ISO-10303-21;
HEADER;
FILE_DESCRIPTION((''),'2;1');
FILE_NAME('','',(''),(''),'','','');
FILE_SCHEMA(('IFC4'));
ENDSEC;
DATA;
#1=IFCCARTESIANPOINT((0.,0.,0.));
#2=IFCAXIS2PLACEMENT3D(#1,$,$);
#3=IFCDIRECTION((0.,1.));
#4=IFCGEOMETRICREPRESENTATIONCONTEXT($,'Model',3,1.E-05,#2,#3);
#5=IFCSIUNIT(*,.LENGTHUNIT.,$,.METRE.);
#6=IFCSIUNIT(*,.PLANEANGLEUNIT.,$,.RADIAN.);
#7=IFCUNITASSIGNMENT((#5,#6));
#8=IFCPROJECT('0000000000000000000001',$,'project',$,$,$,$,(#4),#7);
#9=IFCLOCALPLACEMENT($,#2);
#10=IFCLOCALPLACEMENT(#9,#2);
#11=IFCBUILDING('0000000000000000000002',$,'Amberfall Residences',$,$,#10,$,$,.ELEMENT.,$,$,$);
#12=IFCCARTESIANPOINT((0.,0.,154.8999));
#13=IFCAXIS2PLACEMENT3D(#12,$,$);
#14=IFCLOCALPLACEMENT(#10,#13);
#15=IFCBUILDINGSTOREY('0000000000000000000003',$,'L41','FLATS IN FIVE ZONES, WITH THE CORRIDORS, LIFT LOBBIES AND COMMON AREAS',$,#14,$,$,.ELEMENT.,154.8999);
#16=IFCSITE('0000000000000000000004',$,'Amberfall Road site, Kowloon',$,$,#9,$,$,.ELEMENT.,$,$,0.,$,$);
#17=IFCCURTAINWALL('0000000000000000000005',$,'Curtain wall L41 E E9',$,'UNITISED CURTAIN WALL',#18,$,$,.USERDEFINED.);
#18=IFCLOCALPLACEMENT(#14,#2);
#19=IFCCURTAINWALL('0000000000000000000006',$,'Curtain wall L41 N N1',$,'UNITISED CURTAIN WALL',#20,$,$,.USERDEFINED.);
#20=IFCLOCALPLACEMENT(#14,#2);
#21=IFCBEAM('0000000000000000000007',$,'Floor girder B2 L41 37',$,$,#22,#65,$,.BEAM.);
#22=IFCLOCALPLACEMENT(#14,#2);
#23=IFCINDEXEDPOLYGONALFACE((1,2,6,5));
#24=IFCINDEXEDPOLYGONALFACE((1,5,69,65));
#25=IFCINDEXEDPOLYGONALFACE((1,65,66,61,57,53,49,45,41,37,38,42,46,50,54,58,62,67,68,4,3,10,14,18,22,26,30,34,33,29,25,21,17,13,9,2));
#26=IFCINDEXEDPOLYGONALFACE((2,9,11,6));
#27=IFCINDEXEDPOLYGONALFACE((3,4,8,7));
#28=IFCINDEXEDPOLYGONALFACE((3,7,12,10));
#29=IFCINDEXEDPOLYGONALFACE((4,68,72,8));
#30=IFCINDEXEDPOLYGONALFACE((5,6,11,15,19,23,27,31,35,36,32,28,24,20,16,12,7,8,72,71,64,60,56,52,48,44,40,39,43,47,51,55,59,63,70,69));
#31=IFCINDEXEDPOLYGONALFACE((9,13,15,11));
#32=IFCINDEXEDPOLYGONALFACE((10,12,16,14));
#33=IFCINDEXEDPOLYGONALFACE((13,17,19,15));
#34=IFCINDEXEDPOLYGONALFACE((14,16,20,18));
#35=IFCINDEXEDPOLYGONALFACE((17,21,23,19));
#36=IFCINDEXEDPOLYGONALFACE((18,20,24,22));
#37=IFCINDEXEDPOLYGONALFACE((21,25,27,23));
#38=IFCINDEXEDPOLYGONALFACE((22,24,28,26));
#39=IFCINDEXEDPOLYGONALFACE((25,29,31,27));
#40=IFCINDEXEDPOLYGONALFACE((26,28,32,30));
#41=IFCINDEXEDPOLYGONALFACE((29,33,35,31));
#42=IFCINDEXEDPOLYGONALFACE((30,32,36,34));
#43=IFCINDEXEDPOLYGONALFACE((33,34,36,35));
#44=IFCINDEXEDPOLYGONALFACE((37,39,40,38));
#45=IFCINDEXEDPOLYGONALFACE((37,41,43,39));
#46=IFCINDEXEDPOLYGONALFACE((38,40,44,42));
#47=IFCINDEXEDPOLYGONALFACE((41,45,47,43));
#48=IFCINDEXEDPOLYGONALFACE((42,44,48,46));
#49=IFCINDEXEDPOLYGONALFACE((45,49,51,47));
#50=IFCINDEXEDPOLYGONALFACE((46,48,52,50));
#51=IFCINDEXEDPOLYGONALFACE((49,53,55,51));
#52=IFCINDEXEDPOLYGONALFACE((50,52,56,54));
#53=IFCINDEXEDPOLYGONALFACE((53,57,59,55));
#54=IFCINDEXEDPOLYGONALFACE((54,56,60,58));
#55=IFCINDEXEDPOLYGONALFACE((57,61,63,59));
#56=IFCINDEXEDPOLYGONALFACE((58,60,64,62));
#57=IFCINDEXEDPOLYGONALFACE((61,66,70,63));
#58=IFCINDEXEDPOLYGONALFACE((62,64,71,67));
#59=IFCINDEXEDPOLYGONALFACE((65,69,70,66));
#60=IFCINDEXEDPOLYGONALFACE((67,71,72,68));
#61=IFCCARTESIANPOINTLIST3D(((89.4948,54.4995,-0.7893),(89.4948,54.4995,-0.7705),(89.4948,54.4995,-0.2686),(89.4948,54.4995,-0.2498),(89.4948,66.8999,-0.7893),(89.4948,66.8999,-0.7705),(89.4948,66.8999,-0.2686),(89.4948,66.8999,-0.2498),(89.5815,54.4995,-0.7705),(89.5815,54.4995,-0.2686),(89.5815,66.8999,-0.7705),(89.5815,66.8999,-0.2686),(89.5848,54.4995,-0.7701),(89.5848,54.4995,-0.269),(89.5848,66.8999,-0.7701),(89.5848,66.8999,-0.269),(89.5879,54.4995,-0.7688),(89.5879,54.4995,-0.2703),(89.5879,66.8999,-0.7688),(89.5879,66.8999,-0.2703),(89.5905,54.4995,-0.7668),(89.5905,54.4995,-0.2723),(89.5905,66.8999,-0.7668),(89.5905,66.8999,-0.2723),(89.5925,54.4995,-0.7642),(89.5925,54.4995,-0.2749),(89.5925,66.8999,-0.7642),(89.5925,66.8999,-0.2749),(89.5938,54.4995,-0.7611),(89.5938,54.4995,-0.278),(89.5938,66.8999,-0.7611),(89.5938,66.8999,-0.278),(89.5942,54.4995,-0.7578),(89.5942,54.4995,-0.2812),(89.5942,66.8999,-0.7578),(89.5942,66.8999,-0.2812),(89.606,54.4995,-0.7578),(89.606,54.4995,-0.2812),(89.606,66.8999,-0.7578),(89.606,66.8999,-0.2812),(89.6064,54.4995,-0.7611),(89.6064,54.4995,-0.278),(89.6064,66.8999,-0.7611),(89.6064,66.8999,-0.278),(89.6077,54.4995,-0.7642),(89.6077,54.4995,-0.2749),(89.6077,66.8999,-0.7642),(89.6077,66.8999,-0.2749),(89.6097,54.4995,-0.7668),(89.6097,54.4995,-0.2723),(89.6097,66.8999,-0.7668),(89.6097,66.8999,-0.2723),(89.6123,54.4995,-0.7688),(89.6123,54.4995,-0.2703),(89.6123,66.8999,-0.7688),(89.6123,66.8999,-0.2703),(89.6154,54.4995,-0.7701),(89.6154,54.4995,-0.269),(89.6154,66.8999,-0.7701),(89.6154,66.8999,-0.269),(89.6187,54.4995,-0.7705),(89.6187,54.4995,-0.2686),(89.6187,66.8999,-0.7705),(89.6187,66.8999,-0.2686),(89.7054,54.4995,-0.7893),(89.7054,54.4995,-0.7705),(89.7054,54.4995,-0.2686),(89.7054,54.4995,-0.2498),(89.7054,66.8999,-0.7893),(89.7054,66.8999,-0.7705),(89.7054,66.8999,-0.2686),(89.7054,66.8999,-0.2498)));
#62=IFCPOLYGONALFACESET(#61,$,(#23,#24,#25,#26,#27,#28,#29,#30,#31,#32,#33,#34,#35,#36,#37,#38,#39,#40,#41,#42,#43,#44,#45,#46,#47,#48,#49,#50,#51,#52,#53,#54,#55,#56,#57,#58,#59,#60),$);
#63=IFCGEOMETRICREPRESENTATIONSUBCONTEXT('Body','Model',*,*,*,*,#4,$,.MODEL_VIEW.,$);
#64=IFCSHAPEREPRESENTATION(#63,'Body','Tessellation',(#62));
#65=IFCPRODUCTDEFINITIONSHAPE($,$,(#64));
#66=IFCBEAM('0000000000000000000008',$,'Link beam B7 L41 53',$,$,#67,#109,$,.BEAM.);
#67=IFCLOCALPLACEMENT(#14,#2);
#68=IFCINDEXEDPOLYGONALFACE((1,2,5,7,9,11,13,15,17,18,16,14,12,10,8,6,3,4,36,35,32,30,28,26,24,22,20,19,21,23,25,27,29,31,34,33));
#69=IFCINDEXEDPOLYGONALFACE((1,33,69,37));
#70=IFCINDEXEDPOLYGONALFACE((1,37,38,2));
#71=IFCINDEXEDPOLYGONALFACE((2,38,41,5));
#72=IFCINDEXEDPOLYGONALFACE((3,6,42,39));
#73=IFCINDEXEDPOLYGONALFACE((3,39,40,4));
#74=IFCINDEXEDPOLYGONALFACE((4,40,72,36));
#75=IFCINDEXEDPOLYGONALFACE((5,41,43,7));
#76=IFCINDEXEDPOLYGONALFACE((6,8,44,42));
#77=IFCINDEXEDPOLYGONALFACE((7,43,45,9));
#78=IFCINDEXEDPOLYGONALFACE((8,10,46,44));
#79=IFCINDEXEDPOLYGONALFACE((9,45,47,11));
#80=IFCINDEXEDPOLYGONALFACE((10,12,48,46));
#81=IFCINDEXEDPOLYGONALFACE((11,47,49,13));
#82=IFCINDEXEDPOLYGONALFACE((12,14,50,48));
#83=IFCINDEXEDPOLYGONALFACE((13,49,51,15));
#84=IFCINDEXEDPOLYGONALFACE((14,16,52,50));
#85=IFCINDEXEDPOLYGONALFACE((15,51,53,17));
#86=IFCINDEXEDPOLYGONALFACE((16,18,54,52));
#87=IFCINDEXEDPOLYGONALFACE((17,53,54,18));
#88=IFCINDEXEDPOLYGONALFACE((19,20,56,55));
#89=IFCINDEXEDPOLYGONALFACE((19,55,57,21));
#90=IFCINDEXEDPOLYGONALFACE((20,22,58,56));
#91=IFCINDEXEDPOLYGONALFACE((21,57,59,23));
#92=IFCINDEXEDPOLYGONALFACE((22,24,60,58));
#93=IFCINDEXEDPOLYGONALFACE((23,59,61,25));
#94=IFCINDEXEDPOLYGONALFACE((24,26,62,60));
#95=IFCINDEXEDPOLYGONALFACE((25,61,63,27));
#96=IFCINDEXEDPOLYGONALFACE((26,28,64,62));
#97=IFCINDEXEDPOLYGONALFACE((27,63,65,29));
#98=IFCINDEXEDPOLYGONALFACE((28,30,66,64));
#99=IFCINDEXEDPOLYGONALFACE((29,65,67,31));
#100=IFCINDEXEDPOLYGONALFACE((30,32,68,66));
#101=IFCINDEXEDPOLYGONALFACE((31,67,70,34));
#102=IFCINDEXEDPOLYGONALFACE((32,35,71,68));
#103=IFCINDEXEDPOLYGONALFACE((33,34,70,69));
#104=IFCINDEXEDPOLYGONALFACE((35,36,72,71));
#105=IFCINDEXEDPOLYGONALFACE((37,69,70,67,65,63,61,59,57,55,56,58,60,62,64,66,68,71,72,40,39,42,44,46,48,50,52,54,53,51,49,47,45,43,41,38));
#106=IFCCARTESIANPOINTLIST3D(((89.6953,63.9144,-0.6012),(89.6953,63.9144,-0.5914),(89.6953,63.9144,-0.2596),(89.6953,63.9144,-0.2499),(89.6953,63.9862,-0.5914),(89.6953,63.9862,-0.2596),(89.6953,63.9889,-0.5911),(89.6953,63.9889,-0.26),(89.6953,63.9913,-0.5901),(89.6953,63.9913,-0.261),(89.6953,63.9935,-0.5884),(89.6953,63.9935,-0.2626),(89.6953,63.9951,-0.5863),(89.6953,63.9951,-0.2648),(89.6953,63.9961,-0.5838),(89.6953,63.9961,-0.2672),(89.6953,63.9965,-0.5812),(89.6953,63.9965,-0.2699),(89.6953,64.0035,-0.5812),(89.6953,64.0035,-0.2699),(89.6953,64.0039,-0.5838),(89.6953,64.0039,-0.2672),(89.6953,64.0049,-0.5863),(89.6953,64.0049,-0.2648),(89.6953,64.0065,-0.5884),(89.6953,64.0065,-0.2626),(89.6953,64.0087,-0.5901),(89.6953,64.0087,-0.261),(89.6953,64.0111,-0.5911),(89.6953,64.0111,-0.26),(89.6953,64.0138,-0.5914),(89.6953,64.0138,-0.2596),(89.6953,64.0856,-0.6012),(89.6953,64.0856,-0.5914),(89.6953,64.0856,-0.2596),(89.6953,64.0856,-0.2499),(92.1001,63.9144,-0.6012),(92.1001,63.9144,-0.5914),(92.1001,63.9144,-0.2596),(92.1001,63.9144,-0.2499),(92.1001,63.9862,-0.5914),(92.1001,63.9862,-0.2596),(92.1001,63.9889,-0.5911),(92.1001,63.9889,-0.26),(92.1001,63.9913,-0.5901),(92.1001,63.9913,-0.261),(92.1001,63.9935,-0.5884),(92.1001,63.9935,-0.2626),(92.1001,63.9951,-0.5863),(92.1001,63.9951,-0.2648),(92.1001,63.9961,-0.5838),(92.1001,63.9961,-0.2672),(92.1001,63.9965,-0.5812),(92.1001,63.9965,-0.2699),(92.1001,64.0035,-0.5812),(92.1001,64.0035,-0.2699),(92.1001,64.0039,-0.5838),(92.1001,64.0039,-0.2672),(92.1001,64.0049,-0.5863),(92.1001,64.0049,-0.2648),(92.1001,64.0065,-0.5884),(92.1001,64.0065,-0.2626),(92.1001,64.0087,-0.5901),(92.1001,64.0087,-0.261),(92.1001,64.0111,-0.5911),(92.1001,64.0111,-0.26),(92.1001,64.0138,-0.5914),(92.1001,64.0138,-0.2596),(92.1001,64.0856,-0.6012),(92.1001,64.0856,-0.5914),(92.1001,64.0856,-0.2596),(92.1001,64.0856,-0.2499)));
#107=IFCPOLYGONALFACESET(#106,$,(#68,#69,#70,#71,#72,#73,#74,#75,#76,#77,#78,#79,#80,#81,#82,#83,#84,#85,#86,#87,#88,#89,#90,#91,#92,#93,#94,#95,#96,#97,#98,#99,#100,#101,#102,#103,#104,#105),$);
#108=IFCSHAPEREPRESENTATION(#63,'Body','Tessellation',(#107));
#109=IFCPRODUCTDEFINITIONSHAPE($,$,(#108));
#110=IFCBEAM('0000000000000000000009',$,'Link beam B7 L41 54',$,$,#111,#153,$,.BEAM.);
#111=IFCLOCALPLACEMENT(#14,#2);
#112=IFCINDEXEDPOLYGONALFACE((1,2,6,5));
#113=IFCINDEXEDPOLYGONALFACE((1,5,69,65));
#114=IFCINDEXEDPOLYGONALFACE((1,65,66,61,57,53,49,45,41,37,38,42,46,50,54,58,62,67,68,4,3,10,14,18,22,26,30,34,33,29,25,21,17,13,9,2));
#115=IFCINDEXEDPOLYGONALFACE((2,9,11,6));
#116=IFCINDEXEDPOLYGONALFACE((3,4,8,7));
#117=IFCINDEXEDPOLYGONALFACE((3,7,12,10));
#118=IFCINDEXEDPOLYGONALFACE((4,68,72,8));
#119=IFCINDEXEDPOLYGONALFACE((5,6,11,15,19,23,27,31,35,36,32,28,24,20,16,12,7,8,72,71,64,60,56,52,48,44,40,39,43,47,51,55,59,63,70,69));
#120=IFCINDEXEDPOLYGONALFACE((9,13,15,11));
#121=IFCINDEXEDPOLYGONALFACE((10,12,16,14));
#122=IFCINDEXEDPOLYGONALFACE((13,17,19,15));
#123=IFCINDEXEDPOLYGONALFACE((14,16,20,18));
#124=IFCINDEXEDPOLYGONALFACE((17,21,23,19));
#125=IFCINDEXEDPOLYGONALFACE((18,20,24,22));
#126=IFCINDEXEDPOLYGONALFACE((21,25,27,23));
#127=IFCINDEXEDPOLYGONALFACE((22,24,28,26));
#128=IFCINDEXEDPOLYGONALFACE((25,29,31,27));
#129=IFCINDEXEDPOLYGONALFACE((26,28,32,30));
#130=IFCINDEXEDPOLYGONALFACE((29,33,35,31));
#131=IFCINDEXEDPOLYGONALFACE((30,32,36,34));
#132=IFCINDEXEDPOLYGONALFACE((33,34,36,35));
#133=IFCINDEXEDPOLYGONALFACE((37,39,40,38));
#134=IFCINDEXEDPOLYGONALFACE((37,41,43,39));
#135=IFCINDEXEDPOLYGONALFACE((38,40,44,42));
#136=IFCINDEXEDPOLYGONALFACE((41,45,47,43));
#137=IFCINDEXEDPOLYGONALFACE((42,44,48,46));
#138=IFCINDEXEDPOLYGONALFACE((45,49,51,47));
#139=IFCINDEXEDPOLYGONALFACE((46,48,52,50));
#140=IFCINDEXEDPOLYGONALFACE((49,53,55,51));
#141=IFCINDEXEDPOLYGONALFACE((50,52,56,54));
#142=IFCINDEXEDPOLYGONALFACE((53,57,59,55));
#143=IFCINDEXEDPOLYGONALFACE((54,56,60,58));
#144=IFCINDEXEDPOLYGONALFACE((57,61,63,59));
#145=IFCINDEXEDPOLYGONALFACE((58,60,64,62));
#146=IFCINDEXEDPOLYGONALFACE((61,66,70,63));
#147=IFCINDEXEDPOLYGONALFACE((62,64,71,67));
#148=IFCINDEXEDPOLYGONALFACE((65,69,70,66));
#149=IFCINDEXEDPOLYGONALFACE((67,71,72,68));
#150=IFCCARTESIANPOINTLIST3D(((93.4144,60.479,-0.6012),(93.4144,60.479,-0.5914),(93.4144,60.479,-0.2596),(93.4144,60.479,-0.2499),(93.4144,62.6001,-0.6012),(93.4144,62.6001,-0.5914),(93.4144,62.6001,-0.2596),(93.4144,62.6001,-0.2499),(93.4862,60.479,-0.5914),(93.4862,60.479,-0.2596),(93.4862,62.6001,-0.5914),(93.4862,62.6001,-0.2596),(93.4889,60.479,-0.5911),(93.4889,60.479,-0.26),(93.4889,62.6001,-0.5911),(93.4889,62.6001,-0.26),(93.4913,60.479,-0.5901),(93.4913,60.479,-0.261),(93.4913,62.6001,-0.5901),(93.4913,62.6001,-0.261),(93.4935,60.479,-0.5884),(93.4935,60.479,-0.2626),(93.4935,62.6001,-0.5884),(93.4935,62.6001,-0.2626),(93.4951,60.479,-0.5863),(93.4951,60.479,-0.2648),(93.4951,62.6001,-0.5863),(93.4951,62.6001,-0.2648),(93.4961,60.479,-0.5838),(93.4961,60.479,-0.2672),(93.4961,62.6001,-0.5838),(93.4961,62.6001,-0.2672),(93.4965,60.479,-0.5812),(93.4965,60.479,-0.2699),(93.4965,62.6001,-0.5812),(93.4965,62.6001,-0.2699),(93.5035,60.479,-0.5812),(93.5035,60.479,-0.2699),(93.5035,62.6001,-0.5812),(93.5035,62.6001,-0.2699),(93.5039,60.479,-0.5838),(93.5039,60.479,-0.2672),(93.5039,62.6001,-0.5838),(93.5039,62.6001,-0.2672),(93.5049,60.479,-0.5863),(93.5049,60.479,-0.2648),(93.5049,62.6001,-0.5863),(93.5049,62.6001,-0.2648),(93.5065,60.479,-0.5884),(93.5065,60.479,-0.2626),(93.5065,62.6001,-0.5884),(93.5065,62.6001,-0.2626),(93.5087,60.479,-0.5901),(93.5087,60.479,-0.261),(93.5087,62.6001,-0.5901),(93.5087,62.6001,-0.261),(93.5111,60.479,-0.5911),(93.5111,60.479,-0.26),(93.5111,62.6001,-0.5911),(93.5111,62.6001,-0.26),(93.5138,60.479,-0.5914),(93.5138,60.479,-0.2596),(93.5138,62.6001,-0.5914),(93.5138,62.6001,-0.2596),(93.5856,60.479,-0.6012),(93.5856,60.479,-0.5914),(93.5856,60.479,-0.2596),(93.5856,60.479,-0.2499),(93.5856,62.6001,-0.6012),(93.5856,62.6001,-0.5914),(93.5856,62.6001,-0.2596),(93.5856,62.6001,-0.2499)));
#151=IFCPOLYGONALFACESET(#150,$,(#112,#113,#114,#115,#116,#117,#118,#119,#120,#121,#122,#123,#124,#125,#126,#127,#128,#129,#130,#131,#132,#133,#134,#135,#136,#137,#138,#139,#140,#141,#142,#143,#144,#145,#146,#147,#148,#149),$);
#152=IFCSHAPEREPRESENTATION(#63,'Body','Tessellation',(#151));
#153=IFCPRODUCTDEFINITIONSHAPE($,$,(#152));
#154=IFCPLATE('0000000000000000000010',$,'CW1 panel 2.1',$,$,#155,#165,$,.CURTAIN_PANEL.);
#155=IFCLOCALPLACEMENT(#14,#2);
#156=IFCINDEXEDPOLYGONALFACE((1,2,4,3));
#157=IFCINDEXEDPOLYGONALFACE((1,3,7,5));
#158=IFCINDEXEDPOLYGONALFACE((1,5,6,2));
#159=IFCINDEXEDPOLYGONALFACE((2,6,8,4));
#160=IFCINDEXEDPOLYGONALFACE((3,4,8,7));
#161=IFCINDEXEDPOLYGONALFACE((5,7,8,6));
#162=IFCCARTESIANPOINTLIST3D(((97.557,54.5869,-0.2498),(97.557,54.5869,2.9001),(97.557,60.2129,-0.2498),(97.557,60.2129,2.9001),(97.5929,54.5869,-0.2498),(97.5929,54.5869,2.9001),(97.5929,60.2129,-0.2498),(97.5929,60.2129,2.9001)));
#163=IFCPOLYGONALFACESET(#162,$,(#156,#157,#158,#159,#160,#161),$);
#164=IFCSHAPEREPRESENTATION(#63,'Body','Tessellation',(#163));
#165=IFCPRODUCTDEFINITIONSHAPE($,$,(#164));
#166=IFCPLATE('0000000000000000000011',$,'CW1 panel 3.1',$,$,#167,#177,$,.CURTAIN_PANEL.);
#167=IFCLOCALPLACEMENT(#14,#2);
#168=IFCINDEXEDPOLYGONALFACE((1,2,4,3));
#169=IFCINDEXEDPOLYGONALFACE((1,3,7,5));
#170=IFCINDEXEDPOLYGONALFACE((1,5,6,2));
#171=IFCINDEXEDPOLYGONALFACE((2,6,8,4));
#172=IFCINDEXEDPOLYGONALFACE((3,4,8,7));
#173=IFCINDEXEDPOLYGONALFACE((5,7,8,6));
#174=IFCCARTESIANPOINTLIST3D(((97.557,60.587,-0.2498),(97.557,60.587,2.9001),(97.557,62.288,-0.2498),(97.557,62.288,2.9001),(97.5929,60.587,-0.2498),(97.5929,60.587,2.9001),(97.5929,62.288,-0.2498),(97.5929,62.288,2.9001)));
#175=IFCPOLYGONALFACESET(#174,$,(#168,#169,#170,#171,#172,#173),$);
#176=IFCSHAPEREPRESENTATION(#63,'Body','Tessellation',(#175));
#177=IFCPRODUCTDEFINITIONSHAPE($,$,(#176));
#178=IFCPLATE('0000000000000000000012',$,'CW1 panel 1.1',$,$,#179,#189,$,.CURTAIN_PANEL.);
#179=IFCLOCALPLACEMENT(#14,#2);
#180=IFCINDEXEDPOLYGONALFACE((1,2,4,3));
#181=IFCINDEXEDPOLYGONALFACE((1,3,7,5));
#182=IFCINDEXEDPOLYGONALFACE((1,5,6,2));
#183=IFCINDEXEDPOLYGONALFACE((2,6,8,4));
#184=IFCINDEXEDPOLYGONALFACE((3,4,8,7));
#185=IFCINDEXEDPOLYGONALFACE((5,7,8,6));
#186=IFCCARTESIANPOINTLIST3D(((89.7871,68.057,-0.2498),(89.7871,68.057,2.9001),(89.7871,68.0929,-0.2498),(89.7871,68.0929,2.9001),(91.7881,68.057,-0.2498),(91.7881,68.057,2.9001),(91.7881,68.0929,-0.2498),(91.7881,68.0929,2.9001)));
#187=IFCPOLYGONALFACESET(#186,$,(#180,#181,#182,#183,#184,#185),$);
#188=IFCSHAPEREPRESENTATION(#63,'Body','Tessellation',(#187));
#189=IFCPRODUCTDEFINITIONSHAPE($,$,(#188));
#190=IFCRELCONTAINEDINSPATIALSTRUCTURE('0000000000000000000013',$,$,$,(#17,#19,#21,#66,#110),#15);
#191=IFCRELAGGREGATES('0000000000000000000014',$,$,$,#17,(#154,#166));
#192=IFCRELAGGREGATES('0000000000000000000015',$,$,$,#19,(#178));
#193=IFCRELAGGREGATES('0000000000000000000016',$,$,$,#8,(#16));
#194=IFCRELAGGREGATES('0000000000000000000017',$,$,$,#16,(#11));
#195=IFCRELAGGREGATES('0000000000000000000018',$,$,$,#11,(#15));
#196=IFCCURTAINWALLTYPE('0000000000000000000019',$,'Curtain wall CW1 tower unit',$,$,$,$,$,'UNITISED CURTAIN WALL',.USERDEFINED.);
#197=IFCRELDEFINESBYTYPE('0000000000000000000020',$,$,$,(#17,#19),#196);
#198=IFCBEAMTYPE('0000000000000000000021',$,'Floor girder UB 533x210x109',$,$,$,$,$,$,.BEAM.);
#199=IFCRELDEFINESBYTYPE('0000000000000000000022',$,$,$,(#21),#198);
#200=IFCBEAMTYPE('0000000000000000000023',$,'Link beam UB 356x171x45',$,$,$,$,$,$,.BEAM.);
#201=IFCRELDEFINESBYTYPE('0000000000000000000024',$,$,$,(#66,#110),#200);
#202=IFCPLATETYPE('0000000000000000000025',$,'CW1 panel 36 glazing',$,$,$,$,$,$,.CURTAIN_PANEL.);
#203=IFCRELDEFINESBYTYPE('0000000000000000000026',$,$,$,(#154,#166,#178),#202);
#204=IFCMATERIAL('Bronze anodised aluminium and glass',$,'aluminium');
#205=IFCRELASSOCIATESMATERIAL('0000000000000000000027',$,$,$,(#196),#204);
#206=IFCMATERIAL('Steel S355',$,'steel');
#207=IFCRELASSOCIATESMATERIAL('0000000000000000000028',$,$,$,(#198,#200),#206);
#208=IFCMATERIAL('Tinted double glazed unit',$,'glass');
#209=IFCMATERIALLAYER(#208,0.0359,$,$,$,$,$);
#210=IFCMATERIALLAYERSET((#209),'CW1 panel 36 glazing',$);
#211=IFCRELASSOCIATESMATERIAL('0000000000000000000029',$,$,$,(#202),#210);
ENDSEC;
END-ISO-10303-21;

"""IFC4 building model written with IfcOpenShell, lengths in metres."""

from ifc_helpers import new_model, si_unit, direction, frame, origin, origin_2d, place, context, subcontext, project, spatial, rectangle, i_section, extrude, material, layer, layer_set, material_profile, profile_set, type_object, element, aggregate, save


model = new_model("IFC4")

# Units and contexts
model_context = context("Model", 3, precision=1e-05, world=origin(), true_north=direction((0.0, 1.0)))
body_context = subcontext(model_context, "Body", "Model", "MODEL_VIEW")
ifc_project = project(units=[si_unit("LENGTHUNIT", "METRE"), si_unit("PLANEANGLEUNIT", "RADIAN")], contexts=[model_context])

# Site, building, storey
site_placement = place(None, origin())
site = spatial("IfcSite", under=ifc_project, at=site_placement, Name="Amberfall Road site, Kowloon", CompositionType="ELEMENT", RefElevation=0.0)
building_placement = place(site_placement, origin())
building = spatial("IfcBuilding", under=site, at=building_placement, Name="Amberfall Residences", CompositionType="ELEMENT")
storey_placement = place(building_placement, frame((0.0, 0.0, 154.8999)))
storey = spatial("IfcBuildingStorey", under=building, at=storey_placement, Name="L41", Description="FLATS IN FIVE ZONES, WITH THE CORRIDORS, LIFT LOBBIES AND COMMON AREAS", CompositionType="ELEMENT", Elevation=154.8999)

# Curtain wall
ifc_material_1 = material(Name="Bronze anodised aluminium and glass", Category="aluminium")
curtain_wall_type = type_object("IfcCurtainWallType", Name="Curtain wall CW1 tower unit", ElementType="UNITISED CURTAIN WALL", PredefinedType="USERDEFINED", material=ifc_material_1)
curtain_wall_1_placement = place(storey_placement, origin())
curtain_wall_1 = element("IfcCurtainWall", 1, at=curtain_wall_1_placement, inside=storey, type_object=curtain_wall_type, Name="Curtain wall L41 E E9", ObjectType="UNITISED CURTAIN WALL", PredefinedType="USERDEFINED")

# Curtain wall
curtain_wall_2_placement = place(storey_placement, origin())
curtain_wall_2 = element("IfcCurtainWall", 2, at=curtain_wall_2_placement, inside=storey, type_object=curtain_wall_type, Name="Curtain wall L41 N N1", ObjectType="UNITISED CURTAIN WALL", PredefinedType="USERDEFINED")

# Beams
ifc_material_2 = material(Name="Steel S355", Category="steel")
ifc_material_profile_1 = material_profile(ifc_material_2, i_section(OverallWidth=0.2107, OverallDepth=0.5396, WebThickness=0.0117, FlangeThickness=0.0188, FilletRadius=0.0127, at=origin_2d()), Name="UB 533x210x109")
ifc_profile_set_1 = profile_set([ifc_material_profile_1], Name="Steel S355")
beam_type_1 = type_object("IfcBeamType", Name="Floor girder UB 533x210x109", PredefinedType="BEAM", material=ifc_profile_set_1)
beam_1_placement = place(storey_placement, frame((89.6001, 66.8999, -0.5195), z_axis=(0.0, -1.0, 0.0), x_axis=(1.0, 0.0, 0.0)))
element("IfcBeam", 3, at=beam_1_placement, inside=storey, type_object=beam_type_1, Name="Floor girder B2 L41 37", PredefinedType="BEAM", context=body_context, shape_type="SweptSolid", body=[
    extrude(i_section(OverallWidth=0.2107, OverallDepth=0.5396, WebThickness=0.0117, FlangeThickness=0.0188, FilletRadius=0.0127, at=origin_2d()), origin(), (0.0, 0.0, 1.0), 12.4004),
])
ifc_material_profile_2 = material_profile(ifc_material_2, i_section(OverallWidth=0.1711, OverallDepth=0.3513, WebThickness=0.0071, FlangeThickness=0.0098, FilletRadius=0.0103, at=origin_2d()), Name="UB 356x171x45")
ifc_profile_set_2 = profile_set([ifc_material_profile_2], Name="Steel S355")
beam_type_2 = type_object("IfcBeamType", Name="Link beam UB 356x171x45", PredefinedType="BEAM", material=ifc_profile_set_2)
beam_2_placement = place(storey_placement, frame((92.1001, 64.0, -0.4255), z_axis=(-1.0, 0.0, 0.0), x_axis=(0.0, -1.0, 0.0)))
element("IfcBeam", 4, at=beam_2_placement, inside=storey, type_object=beam_type_2, Name="Link beam B7 L41 53", PredefinedType="BEAM", context=body_context, shape_type="SweptSolid", body=[
    extrude(i_section(OverallWidth=0.1711, OverallDepth=0.3513, WebThickness=0.0071, FlangeThickness=0.0098, FilletRadius=0.0103, at=origin_2d()), origin(), (0.0, 0.0, 1.0), 2.4048),
])
beam_3_placement = place(storey_placement, frame((93.5, 62.6001, -0.4255), z_axis=(0.0, -1.0, 0.0), x_axis=(1.0, 0.0, 0.0)))
element("IfcBeam", 5, at=beam_3_placement, inside=storey, type_object=beam_type_2, Name="Link beam B7 L41 54", PredefinedType="BEAM", context=body_context, shape_type="SweptSolid", body=[
    extrude(i_section(OverallWidth=0.1711, OverallDepth=0.3513, WebThickness=0.0071, FlangeThickness=0.0098, FilletRadius=0.0103, at=origin_2d()), origin(), (0.0, 0.0, 1.0), 2.1211),
])

# Plates
ifc_material_3 = material(Name="Tinted double glazed unit", Category="glass")
ifc_layer_1 = layer(ifc_material_3, 0.0359)
ifc_layer_set_1 = layer_set([ifc_layer_1], Name="CW1 panel 36 glazing")
plate_type = type_object("IfcPlateType", Name="CW1 panel 36 glazing", PredefinedType="CURTAIN_PANEL", material=ifc_layer_set_1)
plate_1_placement = place(storey_placement, frame((97.575, 57.3999, -0.2498), z_axis=(0.0, 0.0, 1.0), x_axis=(0.0, 1.0, 0.0)))
plate_1 = element("IfcPlate", 6, at=plate_1_placement, type_object=plate_type, Name="CW1 panel 2.1", PredefinedType="CURTAIN_PANEL", context=body_context, shape_type="SweptSolid", body=[
    extrude(rectangle(XDim=5.626, YDim=0.0359, at=origin_2d()), origin(), (0.0, 0.0, 1.0), 3.1499),
])
plate_2_placement = place(storey_placement, frame((97.575, 61.4375, -0.2498), z_axis=(0.0, 0.0, 1.0), x_axis=(0.0, 1.0, 0.0)))
plate_2 = element("IfcPlate", 7, at=plate_2_placement, type_object=plate_type, Name="CW1 panel 3.1", PredefinedType="CURTAIN_PANEL", context=body_context, shape_type="SweptSolid", body=[
    extrude(rectangle(XDim=1.7009, YDim=0.0359, at=origin_2d()), origin(), (0.0, 0.0, 1.0), 3.1499),
])
aggregate(curtain_wall_1, [plate_1, plate_2])
plate_3_placement = place(storey_placement, frame((90.7876, 68.075, -0.2498), z_axis=(0.0, 0.0, 1.0), x_axis=(-1.0, 0.0, 0.0)))
plate_3 = element("IfcPlate", 8, at=plate_3_placement, type_object=plate_type, Name="CW1 panel 1.1", PredefinedType="CURTAIN_PANEL", context=body_context, shape_type="SweptSolid", body=[
    extrude(rectangle(XDim=2.001, YDim=0.0359, at=origin_2d()), origin(), (0.0, 0.0, 1.0), 3.1499),
])
aggregate(curtain_wall_2, [plate_3])

save(model, "model.ifc")
